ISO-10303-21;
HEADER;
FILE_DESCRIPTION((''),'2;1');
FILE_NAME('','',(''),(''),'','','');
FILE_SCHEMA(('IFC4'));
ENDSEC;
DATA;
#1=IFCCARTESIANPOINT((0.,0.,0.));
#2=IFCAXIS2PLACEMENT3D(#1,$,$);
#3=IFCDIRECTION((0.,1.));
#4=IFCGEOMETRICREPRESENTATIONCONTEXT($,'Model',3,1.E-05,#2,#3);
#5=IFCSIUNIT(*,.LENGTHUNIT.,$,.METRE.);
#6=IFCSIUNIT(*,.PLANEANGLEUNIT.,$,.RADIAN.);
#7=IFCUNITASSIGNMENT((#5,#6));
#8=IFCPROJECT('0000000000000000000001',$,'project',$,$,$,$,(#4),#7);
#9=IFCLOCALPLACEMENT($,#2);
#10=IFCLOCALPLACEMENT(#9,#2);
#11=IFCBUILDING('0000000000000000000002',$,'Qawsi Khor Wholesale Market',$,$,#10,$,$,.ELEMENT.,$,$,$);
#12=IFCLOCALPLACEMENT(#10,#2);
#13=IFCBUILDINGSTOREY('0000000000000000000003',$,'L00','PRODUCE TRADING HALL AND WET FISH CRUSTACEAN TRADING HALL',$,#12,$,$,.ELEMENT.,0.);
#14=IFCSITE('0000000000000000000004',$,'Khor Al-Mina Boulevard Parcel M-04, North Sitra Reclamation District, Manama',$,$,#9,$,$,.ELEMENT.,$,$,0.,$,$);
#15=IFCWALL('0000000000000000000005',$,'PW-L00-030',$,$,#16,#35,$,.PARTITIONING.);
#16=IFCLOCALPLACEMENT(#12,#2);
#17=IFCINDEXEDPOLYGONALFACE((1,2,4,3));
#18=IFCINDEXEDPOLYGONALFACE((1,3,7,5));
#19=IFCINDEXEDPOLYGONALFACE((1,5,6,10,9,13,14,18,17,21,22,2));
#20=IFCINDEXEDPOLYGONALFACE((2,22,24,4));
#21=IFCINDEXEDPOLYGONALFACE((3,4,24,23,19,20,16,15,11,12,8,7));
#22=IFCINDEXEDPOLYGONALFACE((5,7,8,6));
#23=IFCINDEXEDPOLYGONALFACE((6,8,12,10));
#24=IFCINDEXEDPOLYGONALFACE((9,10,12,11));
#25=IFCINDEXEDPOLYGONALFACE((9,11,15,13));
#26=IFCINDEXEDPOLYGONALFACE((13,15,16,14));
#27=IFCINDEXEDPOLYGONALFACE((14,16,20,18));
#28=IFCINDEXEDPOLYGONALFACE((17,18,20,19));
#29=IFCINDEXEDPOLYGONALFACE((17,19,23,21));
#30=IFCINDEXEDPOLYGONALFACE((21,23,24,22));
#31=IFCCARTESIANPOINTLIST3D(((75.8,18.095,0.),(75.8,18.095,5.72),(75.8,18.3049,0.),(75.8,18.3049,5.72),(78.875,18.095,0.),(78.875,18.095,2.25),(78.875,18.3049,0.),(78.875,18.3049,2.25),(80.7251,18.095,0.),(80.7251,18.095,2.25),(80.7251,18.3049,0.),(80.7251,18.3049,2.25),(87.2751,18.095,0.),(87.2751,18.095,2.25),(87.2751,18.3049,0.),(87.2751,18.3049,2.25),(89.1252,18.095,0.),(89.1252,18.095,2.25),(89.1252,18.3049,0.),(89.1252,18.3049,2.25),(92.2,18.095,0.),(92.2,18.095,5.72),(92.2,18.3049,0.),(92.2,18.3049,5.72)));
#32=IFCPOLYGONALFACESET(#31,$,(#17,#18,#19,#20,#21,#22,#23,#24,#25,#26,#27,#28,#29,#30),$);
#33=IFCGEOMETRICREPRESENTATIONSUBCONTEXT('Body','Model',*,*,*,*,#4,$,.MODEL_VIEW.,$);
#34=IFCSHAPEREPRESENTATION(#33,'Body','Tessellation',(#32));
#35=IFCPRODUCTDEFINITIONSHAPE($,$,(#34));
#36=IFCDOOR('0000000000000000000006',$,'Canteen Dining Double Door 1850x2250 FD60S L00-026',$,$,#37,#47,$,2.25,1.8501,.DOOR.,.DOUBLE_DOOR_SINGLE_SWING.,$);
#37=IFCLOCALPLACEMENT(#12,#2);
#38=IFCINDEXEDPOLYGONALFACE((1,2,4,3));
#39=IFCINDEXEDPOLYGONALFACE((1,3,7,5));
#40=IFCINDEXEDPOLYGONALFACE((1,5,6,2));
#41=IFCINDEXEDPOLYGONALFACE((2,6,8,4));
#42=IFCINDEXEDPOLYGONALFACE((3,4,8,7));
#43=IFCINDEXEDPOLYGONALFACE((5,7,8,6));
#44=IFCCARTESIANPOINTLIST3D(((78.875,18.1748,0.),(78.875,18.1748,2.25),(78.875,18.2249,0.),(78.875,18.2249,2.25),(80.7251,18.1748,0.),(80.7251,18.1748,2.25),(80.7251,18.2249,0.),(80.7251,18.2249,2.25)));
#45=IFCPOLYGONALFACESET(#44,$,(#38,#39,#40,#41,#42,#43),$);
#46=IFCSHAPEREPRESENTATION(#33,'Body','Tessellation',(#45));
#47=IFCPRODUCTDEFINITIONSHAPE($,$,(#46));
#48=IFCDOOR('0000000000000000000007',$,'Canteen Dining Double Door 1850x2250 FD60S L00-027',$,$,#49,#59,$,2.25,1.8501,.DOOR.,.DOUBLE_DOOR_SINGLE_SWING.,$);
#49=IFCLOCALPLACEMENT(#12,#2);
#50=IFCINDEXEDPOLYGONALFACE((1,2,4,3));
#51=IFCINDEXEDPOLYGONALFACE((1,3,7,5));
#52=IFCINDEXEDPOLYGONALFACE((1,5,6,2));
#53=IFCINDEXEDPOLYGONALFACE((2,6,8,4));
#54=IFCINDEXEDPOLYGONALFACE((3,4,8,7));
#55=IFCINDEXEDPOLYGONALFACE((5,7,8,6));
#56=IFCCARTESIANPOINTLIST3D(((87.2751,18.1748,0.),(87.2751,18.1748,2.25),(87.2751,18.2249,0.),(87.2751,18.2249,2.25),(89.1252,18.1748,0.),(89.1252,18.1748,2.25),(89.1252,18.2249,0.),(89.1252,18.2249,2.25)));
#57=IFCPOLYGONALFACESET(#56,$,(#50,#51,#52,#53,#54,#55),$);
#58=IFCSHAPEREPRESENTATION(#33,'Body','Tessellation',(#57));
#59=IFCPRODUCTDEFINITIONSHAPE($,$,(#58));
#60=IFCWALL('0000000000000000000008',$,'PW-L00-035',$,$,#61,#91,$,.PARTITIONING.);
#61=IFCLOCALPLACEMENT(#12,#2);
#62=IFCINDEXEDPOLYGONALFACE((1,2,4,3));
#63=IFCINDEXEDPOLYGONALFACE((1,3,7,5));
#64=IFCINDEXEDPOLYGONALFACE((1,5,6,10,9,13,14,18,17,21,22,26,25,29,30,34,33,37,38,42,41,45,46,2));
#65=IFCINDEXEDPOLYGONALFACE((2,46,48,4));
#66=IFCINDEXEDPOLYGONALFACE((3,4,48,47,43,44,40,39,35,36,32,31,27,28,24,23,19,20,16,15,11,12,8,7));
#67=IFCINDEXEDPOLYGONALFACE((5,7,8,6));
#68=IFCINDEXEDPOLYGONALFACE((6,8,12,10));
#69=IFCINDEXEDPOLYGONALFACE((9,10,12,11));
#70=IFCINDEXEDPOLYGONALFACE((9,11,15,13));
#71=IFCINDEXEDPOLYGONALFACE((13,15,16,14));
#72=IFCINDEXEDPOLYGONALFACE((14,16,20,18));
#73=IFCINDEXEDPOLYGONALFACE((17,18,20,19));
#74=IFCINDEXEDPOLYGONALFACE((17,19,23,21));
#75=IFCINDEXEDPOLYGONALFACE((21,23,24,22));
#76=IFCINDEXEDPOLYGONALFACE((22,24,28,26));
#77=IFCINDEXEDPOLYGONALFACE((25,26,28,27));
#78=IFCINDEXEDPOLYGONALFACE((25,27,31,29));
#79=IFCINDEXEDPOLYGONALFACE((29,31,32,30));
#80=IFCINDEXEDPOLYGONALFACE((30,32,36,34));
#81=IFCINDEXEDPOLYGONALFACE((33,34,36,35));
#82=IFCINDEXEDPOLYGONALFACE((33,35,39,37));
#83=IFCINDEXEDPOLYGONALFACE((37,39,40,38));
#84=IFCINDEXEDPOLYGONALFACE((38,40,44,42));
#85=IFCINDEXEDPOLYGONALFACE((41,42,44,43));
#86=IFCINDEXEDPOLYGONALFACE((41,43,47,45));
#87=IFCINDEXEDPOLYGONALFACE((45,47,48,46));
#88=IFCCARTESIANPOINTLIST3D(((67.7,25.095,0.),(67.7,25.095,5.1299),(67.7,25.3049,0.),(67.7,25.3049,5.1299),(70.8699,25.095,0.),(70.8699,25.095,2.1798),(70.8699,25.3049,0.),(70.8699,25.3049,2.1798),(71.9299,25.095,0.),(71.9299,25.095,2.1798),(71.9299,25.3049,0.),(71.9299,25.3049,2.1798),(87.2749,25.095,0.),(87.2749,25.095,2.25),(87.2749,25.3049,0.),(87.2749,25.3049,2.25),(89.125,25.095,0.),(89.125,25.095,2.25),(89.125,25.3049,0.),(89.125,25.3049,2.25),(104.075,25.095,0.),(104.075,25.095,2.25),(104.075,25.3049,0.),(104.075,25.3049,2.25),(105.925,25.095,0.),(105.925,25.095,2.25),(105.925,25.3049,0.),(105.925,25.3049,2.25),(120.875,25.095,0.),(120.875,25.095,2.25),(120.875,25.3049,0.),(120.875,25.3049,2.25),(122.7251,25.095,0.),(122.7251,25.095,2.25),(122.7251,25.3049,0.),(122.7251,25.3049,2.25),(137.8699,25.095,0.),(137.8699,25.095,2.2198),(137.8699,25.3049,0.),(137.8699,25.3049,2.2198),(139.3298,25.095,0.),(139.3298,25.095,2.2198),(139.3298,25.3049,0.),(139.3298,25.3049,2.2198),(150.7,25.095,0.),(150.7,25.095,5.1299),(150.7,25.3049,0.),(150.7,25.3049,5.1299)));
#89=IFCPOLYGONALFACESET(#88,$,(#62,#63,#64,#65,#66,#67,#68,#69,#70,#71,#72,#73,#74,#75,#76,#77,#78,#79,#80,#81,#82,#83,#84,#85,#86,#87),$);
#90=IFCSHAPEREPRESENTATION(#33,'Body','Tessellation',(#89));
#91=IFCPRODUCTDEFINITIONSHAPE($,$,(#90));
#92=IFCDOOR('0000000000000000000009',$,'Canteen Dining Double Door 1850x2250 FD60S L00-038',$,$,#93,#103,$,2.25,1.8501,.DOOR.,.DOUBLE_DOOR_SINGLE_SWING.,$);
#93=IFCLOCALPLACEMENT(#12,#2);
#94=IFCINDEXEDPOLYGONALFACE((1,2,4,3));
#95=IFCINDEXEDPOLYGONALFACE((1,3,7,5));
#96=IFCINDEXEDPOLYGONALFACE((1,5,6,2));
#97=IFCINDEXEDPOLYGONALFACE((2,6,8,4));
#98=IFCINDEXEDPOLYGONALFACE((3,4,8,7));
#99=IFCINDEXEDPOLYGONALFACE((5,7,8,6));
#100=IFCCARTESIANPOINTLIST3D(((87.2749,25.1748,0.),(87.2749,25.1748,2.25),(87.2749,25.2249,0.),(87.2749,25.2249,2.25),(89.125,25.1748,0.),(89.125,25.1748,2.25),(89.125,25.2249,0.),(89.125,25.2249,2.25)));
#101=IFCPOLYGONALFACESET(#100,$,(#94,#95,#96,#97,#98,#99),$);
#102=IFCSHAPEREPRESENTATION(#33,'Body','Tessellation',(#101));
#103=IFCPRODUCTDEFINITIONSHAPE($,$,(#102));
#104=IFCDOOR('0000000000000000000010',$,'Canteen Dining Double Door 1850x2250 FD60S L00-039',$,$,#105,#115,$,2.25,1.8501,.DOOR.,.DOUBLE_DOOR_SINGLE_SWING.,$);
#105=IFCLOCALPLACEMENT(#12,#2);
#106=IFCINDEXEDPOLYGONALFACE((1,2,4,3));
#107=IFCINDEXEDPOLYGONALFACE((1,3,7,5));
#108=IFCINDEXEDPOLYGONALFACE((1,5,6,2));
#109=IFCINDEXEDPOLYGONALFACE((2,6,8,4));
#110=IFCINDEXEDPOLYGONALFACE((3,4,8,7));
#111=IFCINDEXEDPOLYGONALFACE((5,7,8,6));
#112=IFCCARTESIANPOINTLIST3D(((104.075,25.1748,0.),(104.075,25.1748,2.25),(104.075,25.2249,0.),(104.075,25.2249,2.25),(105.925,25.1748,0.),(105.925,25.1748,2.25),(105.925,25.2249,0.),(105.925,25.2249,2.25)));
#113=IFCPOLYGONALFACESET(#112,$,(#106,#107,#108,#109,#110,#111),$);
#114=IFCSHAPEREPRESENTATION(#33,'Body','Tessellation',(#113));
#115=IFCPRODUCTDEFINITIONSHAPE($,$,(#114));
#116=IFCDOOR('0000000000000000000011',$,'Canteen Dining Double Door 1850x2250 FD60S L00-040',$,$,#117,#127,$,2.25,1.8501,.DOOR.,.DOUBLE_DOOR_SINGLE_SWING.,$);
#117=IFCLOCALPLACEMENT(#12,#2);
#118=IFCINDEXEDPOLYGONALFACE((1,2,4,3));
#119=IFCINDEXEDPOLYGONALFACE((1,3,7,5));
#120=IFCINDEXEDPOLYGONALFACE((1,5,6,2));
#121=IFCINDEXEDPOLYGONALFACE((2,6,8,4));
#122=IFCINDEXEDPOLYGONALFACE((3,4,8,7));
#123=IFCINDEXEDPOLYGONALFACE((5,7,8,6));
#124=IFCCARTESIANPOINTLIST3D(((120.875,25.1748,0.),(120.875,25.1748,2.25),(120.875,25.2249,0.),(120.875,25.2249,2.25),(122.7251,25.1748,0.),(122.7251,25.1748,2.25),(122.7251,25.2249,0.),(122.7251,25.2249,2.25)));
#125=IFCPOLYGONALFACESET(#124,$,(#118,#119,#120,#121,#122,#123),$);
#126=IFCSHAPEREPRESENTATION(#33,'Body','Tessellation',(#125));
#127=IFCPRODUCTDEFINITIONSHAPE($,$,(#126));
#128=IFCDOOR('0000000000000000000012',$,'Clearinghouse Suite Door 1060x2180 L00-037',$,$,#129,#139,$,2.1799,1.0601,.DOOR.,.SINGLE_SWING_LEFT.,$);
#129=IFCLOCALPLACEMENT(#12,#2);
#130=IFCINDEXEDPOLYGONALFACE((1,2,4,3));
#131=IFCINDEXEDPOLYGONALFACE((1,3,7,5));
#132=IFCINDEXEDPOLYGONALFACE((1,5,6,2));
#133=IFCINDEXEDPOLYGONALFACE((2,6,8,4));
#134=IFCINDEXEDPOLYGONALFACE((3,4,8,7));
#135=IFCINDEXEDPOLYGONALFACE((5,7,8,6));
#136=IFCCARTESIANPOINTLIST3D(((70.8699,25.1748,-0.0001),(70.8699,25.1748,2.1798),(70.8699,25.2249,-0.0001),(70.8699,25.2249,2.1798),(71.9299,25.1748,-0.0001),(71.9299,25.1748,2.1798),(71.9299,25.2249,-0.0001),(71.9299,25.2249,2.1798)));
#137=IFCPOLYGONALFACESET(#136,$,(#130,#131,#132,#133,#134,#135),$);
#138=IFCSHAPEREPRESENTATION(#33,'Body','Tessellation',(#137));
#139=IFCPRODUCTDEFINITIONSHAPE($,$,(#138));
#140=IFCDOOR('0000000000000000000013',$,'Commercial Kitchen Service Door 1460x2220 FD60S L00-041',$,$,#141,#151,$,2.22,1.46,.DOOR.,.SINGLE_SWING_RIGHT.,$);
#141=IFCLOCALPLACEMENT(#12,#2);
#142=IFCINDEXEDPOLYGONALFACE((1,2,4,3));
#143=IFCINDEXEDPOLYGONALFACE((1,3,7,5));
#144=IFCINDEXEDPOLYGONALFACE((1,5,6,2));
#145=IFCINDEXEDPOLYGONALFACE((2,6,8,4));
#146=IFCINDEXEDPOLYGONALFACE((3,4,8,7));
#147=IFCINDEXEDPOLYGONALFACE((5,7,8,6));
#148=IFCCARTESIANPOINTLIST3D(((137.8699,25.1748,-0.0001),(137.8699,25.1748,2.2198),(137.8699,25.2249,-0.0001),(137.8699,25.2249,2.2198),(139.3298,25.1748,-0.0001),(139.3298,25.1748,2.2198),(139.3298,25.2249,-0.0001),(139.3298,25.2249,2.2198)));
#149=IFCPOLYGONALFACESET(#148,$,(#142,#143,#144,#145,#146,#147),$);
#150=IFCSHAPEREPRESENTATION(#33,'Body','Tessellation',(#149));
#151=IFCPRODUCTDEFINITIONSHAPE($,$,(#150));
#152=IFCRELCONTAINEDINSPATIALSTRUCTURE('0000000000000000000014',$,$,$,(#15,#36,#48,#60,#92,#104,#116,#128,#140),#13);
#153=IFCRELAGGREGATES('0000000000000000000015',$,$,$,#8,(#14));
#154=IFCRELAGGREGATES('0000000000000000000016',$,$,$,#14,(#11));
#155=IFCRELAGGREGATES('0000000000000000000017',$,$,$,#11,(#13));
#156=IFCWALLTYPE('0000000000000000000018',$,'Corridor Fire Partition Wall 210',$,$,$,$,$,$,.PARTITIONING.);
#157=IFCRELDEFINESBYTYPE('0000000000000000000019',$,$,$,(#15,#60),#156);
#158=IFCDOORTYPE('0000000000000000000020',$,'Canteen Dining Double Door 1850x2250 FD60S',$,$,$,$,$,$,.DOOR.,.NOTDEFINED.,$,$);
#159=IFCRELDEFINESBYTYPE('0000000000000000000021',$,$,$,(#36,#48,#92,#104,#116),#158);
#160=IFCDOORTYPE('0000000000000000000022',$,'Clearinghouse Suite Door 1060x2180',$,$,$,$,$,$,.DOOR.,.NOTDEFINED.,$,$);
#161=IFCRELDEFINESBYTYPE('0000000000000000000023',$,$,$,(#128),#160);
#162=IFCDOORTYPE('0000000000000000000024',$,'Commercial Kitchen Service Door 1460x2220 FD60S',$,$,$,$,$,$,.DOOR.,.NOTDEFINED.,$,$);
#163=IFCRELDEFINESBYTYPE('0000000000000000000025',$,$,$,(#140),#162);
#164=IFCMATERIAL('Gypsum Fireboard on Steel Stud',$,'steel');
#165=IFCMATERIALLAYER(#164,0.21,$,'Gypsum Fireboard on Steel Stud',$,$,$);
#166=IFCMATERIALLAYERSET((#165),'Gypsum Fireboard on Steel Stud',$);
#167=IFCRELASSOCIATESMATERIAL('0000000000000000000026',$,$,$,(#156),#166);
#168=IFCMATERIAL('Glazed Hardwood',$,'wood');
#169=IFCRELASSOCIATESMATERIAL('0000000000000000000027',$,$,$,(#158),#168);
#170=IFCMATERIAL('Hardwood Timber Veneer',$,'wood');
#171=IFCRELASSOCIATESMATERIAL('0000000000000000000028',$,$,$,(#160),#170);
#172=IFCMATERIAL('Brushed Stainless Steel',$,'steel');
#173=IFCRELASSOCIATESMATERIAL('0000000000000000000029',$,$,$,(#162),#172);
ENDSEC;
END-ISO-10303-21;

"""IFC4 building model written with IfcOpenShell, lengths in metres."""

from ifc_helpers import new_model, si_unit, direction, frame, frame_2d, origin, place, context, subcontext, project, spatial, rectangle, extrude, material, layer, layer_set, type_object, element, fill, save


model = new_model("IFC4")

# Units and contexts
model_context = context("Model", 3, precision=1e-05, world=origin(), true_north=direction((0.0, 1.0)))
body_context = subcontext(model_context, "Body", "Model", "MODEL_VIEW")
ifc_project = project(units=[si_unit("LENGTHUNIT", "METRE"), si_unit("PLANEANGLEUNIT", "RADIAN")], contexts=[model_context])

# Site, building, storey
site_placement = place(None, origin())
site = spatial("IfcSite", under=ifc_project, at=site_placement, Name="Khor Al-Mina Boulevard Parcel M-04, North Sitra Reclamation District, Manama", CompositionType="ELEMENT", RefElevation=0.0)
building_placement = place(site_placement, origin())
building = spatial("IfcBuilding", under=site, at=building_placement, Name="Qawsi Khor Wholesale Market", CompositionType="ELEMENT")
storey_placement = place(building_placement, origin())
storey = spatial("IfcBuildingStorey", under=building, at=storey_placement, Name="L00", Description="PRODUCE TRADING HALL AND WET FISH CRUSTACEAN TRADING HALL", CompositionType="ELEMENT", Elevation=0.0)

# Walls, openings, doors
ifc_material_1 = material(Name="Gypsum Fireboard on Steel Stud", Category="steel")
ifc_layer_1 = layer(ifc_material_1, 0.21, Name="Gypsum Fireboard on Steel Stud")
ifc_layer_set_1 = layer_set([ifc_layer_1], Name="Gypsum Fireboard on Steel Stud")
wall_type_1 = type_object("IfcWallType", Name="Corridor Fire Partition Wall 210", PredefinedType="PARTITIONING", material=ifc_layer_set_1)
wall_1_placement = place(storey_placement, frame((75.8, 18.2, 0.0), z_axis=(0.0, 0.0, 1.0), x_axis=(1.0, 0.0, 0.0)))
wall_1 = element("IfcWall", 1, at=wall_1_placement, inside=storey, type_object=wall_type_1, Name="PW-L00-030", PredefinedType="PARTITIONING", context=body_context, shape_type="SweptSolid", body=[
    extrude(rectangle(XDim=16.3999, YDim=0.21, at=frame_2d((8.2, 0.0))), origin(), (0.0, 0.0, 1.0), 5.72),
])
opening_1_placement = place(wall_1_placement, frame((3.075, 0.0, 0.0)))
opening_1 = element("IfcOpeningElement", 2, at=opening_1_placement, cuts=wall_1, PredefinedType="OPENING", context=body_context, shape_type="SweptSolid", body=[
    extrude(rectangle(XDim=1.8501, YDim=2.25, at=frame_2d((0.925, 1.125))), frame((0.0, 0.115, 0.0), z_axis=(0.0, -1.0, 0.0), x_axis=(1.0, 0.0, 0.0)), (0.0, 0.0, 1.0), 0.23),
])
opening_2_placement = place(wall_1_placement, frame((11.4751, 0.0, 0.0)))
opening_2 = element("IfcOpeningElement", 3, at=opening_2_placement, cuts=wall_1, PredefinedType="OPENING", context=body_context, shape_type="SweptSolid", body=[
    extrude(rectangle(XDim=1.8501, YDim=2.25, at=frame_2d((0.925, 1.125))), frame((0.0, 0.115, 0.0), z_axis=(0.0, -1.0, 0.0), x_axis=(1.0, 0.0, 0.0)), (0.0, 0.0, 1.0), 0.23),
])
ifc_material_2 = material(Name="Glazed Hardwood", Category="wood")
door_type_1 = type_object("IfcDoorType", Name="Canteen Dining Double Door 1850x2250 FD60S", OperationType="NOTDEFINED", PredefinedType="DOOR", material=ifc_material_2)
door_1_placement = place(opening_1_placement, origin())
door_1 = element("IfcDoor", 4, at=door_1_placement, inside=storey, type_object=door_type_1, Name="Canteen Dining Double Door 1850x2250 FD60S L00-026", OperationType="DOUBLE_DOOR_SINGLE_SWING", OverallHeight=2.25, OverallWidth=1.8501, PredefinedType="DOOR", context=body_context, shape_type="SweptSolid", body=[
    extrude(rectangle(XDim=1.8501, YDim=2.25, at=frame_2d((0.925, 1.125))), frame((0.0, 0.0249, 0.0), z_axis=(0.0, -1.0, 0.0), x_axis=(1.0, 0.0, 0.0)), (0.0, 0.0, 1.0), 0.05),
])
fill(opening_1, door_1)
door_2_placement = place(opening_2_placement, origin())
door_2 = element("IfcDoor", 5, at=door_2_placement, inside=storey, type_object=door_type_1, Name="Canteen Dining Double Door 1850x2250 FD60S L00-027", OperationType="DOUBLE_DOOR_SINGLE_SWING", OverallHeight=2.25, OverallWidth=1.8501, PredefinedType="DOOR", context=body_context, shape_type="SweptSolid", body=[
    extrude(rectangle(XDim=1.8501, YDim=2.25, at=frame_2d((0.925, 1.125))), frame((0.0, 0.0249, 0.0), z_axis=(0.0, -1.0, 0.0), x_axis=(1.0, 0.0, 0.0)), (0.0, 0.0, 1.0), 0.05),
])
fill(opening_2, door_2)
wall_2_placement = place(storey_placement, frame((67.7, 25.2, 0.0), z_axis=(0.0, 0.0, 1.0), x_axis=(1.0, 0.0, 0.0)))
wall_2 = element("IfcWall", 6, at=wall_2_placement, inside=storey, type_object=wall_type_1, Name="PW-L00-035", PredefinedType="PARTITIONING", context=body_context, shape_type="SweptSolid", body=[
    extrude(rectangle(XDim=83.0, YDim=0.21, at=frame_2d((41.5, 0.0))), origin(), (0.0, 0.0, 1.0), 5.1299),
])
opening_3_placement = place(wall_2_placement, frame((3.1699, 0.0, 0.0)))
opening_3 = element("IfcOpeningElement", 7, at=opening_3_placement, cuts=wall_2, PredefinedType="OPENING", context=body_context, shape_type="SweptSolid", body=[
    extrude(rectangle(XDim=1.0601, YDim=2.1799, at=frame_2d((0.53, 1.0898))), frame((0.0, 0.115, 0.0), z_axis=(0.0, -1.0, 0.0), x_axis=(1.0, 0.0, 0.0)), (0.0, 0.0, 1.0), 0.23),
])
opening_4_placement = place(wall_2_placement, frame((19.575, 0.0, 0.0)))
opening_4 = element("IfcOpeningElement", 8, at=opening_4_placement, cuts=wall_2, PredefinedType="OPENING", context=body_context, shape_type="SweptSolid", body=[
    extrude(rectangle(XDim=1.8501, YDim=2.25, at=frame_2d((0.925, 1.125))), frame((0.0, 0.115, 0.0), z_axis=(0.0, -1.0, 0.0), x_axis=(1.0, 0.0, 0.0)), (0.0, 0.0, 1.0), 0.23),
])
opening_5_placement = place(wall_2_placement, frame((36.375, 0.0, 0.0)))
opening_5 = element("IfcOpeningElement", 9, at=opening_5_placement, cuts=wall_2, PredefinedType="OPENING", context=body_context, shape_type="SweptSolid", body=[
    extrude(rectangle(XDim=1.8501, YDim=2.25, at=frame_2d((0.925, 1.125))), frame((0.0, 0.115, 0.0), z_axis=(0.0, -1.0, 0.0), x_axis=(1.0, 0.0, 0.0)), (0.0, 0.0, 1.0), 0.23),
])
opening_6_placement = place(wall_2_placement, frame((53.175, 0.0, 0.0)))
opening_6 = element("IfcOpeningElement", 10, at=opening_6_placement, cuts=wall_2, PredefinedType="OPENING", context=body_context, shape_type="SweptSolid", body=[
    extrude(rectangle(XDim=1.8501, YDim=2.25, at=frame_2d((0.925, 1.125))), frame((0.0, 0.115, 0.0), z_axis=(0.0, -1.0, 0.0), x_axis=(1.0, 0.0, 0.0)), (0.0, 0.0, 1.0), 0.23),
])
opening_7_placement = place(wall_2_placement, frame((70.1699, 0.0, 0.0)))
opening_7 = element("IfcOpeningElement", 11, at=opening_7_placement, cuts=wall_2, PredefinedType="OPENING", context=body_context, shape_type="SweptSolid", body=[
    extrude(rectangle(XDim=1.46, YDim=2.22, at=frame_2d((0.73, 1.1099))), frame((0.0, 0.115, 0.0), z_axis=(0.0, -1.0, 0.0), x_axis=(1.0, 0.0, 0.0)), (0.0, 0.0, 1.0), 0.23),
])
door_3_placement = place(opening_4_placement, origin())
door_3 = element("IfcDoor", 12, at=door_3_placement, inside=storey, type_object=door_type_1, Name="Canteen Dining Double Door 1850x2250 FD60S L00-038", OperationType="DOUBLE_DOOR_SINGLE_SWING", OverallHeight=2.25, OverallWidth=1.8501, PredefinedType="DOOR", context=body_context, shape_type="SweptSolid", body=[
    extrude(rectangle(XDim=1.8501, YDim=2.25, at=frame_2d((0.925, 1.125))), frame((0.0, 0.0249, 0.0), z_axis=(0.0, -1.0, 0.0), x_axis=(1.0, 0.0, 0.0)), (0.0, 0.0, 1.0), 0.05),
])
fill(opening_4, door_3)
door_4_placement = place(opening_5_placement, origin())
door_4 = element("IfcDoor", 13, at=door_4_placement, inside=storey, type_object=door_type_1, Name="Canteen Dining Double Door 1850x2250 FD60S L00-039", OperationType="DOUBLE_DOOR_SINGLE_SWING", OverallHeight=2.25, OverallWidth=1.8501, PredefinedType="DOOR", context=body_context, shape_type="SweptSolid", body=[
    extrude(rectangle(XDim=1.8501, YDim=2.25, at=frame_2d((0.925, 1.125))), frame((0.0, 0.0249, 0.0), z_axis=(0.0, -1.0, 0.0), x_axis=(1.0, 0.0, 0.0)), (0.0, 0.0, 1.0), 0.05),
])
fill(opening_5, door_4)
door_5_placement = place(opening_6_placement, origin())
door_5 = element("IfcDoor", 14, at=door_5_placement, inside=storey, type_object=door_type_1, Name="Canteen Dining Double Door 1850x2250 FD60S L00-040", OperationType="DOUBLE_DOOR_SINGLE_SWING", OverallHeight=2.25, OverallWidth=1.8501, PredefinedType="DOOR", context=body_context, shape_type="SweptSolid", body=[
    extrude(rectangle(XDim=1.8501, YDim=2.25, at=frame_2d((0.925, 1.125))), frame((0.0, 0.0249, 0.0), z_axis=(0.0, -1.0, 0.0), x_axis=(1.0, 0.0, 0.0)), (0.0, 0.0, 1.0), 0.05),
])
fill(opening_6, door_5)
ifc_material_3 = material(Name="Hardwood Timber Veneer", Category="wood")
door_type_2 = type_object("IfcDoorType", Name="Clearinghouse Suite Door 1060x2180", OperationType="NOTDEFINED", PredefinedType="DOOR", material=ifc_material_3)
door_6_placement = place(opening_3_placement, origin())
door_6 = element("IfcDoor", 15, at=door_6_placement, inside=storey, type_object=door_type_2, Name="Clearinghouse Suite Door 1060x2180 L00-037", OperationType="SINGLE_SWING_LEFT", OverallHeight=2.1799, OverallWidth=1.0601, PredefinedType="DOOR", context=body_context, shape_type="SweptSolid", body=[
    extrude(rectangle(XDim=1.0601, YDim=2.1799, at=frame_2d((0.53, 1.0898))), frame((0.0, 0.0249, 0.0), z_axis=(0.0, -1.0, 0.0), x_axis=(1.0, 0.0, 0.0)), (0.0, 0.0, 1.0), 0.05),
])
fill(opening_3, door_6)
ifc_material_4 = material(Name="Brushed Stainless Steel", Category="steel")
door_type_3 = type_object("IfcDoorType", Name="Commercial Kitchen Service Door 1460x2220 FD60S", OperationType="NOTDEFINED", PredefinedType="DOOR", material=ifc_material_4)
door_7_placement = place(opening_7_placement, origin())
door_7 = element("IfcDoor", 16, at=door_7_placement, inside=storey, type_object=door_type_3, Name="Commercial Kitchen Service Door 1460x2220 FD60S L00-041", OperationType="SINGLE_SWING_RIGHT", OverallHeight=2.22, OverallWidth=1.46, PredefinedType="DOOR", context=body_context, shape_type="SweptSolid", body=[
    extrude(rectangle(XDim=1.46, YDim=2.22, at=frame_2d((0.73, 1.1099))), frame((0.0, 0.0249, 0.0), z_axis=(0.0, -1.0, 0.0), x_axis=(1.0, 0.0, 0.0)), (0.0, 0.0, 1.0), 0.05),
])
fill(opening_7, door_7)

save(model, "model.ifc")
